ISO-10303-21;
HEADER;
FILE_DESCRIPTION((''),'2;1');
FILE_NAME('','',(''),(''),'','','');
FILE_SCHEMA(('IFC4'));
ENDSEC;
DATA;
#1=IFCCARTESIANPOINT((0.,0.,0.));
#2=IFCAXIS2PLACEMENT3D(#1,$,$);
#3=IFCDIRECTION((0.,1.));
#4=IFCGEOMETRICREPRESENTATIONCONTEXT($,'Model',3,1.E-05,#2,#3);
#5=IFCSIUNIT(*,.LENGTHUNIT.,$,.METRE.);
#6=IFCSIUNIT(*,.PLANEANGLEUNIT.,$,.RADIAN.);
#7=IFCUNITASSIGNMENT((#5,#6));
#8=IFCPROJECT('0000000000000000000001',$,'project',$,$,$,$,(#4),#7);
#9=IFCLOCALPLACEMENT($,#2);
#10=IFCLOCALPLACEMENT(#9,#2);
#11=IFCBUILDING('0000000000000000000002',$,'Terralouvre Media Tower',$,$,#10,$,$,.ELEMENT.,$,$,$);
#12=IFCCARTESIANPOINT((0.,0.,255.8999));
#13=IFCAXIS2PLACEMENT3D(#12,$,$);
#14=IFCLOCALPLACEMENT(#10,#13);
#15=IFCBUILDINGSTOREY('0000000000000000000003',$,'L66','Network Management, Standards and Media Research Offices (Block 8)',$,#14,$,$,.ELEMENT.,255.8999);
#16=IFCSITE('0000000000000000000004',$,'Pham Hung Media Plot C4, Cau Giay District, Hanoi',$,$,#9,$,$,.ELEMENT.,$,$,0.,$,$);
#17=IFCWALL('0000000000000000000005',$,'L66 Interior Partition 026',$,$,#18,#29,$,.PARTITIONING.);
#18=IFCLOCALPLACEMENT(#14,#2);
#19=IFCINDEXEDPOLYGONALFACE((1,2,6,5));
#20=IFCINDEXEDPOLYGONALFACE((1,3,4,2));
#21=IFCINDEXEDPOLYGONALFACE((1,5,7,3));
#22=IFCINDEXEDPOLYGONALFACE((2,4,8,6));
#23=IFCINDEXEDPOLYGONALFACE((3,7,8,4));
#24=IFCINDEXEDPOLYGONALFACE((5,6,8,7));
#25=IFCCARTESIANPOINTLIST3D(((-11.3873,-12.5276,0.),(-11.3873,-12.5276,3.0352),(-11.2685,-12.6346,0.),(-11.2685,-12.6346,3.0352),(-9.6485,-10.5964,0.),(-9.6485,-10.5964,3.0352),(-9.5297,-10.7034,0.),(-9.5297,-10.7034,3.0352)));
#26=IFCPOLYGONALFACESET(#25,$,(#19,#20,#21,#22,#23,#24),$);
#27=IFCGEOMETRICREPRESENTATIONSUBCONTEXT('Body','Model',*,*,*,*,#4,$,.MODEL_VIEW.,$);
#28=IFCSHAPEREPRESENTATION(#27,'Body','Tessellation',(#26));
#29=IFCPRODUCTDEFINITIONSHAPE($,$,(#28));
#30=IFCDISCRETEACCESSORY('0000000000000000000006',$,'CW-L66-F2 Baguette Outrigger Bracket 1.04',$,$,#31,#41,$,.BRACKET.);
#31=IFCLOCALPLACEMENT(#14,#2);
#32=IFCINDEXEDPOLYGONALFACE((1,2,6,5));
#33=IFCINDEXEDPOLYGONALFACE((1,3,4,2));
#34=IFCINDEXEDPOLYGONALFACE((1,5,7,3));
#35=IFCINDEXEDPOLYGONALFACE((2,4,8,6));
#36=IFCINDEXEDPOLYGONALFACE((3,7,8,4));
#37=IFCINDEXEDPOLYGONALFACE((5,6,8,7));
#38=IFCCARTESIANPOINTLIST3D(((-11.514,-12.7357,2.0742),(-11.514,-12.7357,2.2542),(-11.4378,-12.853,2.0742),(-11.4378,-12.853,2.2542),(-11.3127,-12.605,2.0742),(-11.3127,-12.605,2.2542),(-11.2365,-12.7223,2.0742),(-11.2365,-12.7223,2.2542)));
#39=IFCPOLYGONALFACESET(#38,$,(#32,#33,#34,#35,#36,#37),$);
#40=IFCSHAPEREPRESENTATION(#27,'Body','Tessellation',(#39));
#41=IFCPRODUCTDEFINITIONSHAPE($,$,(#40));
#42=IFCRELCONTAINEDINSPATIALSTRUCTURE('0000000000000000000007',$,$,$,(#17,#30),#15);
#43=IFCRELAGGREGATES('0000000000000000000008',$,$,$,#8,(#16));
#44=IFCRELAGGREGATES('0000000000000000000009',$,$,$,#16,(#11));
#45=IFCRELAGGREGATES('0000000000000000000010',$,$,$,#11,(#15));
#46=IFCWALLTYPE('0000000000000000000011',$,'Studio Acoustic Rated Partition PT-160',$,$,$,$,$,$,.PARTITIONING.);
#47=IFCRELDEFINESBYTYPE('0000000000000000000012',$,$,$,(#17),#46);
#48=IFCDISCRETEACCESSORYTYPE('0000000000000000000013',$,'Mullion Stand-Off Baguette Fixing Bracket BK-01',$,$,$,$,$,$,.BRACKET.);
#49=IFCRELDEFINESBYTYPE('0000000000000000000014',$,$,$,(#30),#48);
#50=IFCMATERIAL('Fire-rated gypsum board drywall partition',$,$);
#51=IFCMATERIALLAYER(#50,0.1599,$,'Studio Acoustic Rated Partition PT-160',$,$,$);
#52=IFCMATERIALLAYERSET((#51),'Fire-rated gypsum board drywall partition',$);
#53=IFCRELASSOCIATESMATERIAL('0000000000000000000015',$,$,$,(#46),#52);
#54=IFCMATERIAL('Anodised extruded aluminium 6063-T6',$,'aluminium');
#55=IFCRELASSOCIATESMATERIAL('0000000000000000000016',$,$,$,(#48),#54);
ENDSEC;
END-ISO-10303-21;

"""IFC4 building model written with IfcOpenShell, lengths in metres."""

from ifc_helpers import new_model, si_unit, direction, frame, frame_2d, origin, origin_2d, place, context, subcontext, project, spatial, rectangle, extrude, material, layer, layer_set, type_object, element, save


model = new_model("IFC4")

# Units and contexts
model_context = context("Model", 3, precision=1e-05, world=origin(), true_north=direction((0.0, 1.0)))
body_context = subcontext(model_context, "Body", "Model", "MODEL_VIEW")
ifc_project = project(units=[si_unit("LENGTHUNIT", "METRE"), si_unit("PLANEANGLEUNIT", "RADIAN")], contexts=[model_context])

# Site, building, storey
site_placement = place(None, origin())
site = spatial("IfcSite", under=ifc_project, at=site_placement, Name="Pham Hung Media Plot C4, Cau Giay District, Hanoi", CompositionType="ELEMENT", RefElevation=0.0)
building_placement = place(site_placement, origin())
building = spatial("IfcBuilding", under=site, at=building_placement, Name="Terralouvre Media Tower", CompositionType="ELEMENT")
storey_placement = place(building_placement, frame((0.0, 0.0, 255.8999)))
storey = spatial("IfcBuildingStorey", under=building, at=storey_placement, Name="L66", Description="Network Management, Standards and Media Research Offices (Block 8)", CompositionType="ELEMENT", Elevation=255.8999)

# Wall
ifc_material_1 = material(Name="Fire-rated gypsum board drywall partition")
ifc_layer_1 = layer(ifc_material_1, 0.1599, Name="Studio Acoustic Rated Partition PT-160")
ifc_layer_set_1 = layer_set([ifc_layer_1], Name="Fire-rated gypsum board drywall partition")
wall_type_1 = type_object("IfcWallType", Name="Studio Acoustic Rated Partition PT-160", PredefinedType="PARTITIONING", material=ifc_layer_set_1)
wall_1_placement = place(storey_placement, frame((-11.3279, -12.5811, 0.0), z_axis=(0.0, 0.0, 1.0), x_axis=(0.66912, 0.743154, 0.0)))
element("IfcWall", 1, at=wall_1_placement, inside=storey, type_object=wall_type_1, Name="L66 Interior Partition 026", PredefinedType="PARTITIONING", context=body_context, shape_type="SweptSolid", body=[
    extrude(rectangle(XDim=2.5986, YDim=0.1599, at=frame_2d((1.2993, 0.0))), origin(), (0.0, 0.0, 1.0), 3.0352),
])

# Discrete accessory
ifc_material_2 = material(Name="Anodised extruded aluminium 6063-T6", Category="aluminium")
discrete_accessory_type = type_object("IfcDiscreteAccessoryType", Name="Mullion Stand-Off Baguette Fixing Bracket BK-01", PredefinedType="BRACKET", material=ifc_material_2)
discrete_accessory_placement = place(storey_placement, frame((-11.3752, -12.729, 2.0742), z_axis=(0.0, 0.0, 1.0), x_axis=(0.544639, -0.838671, 0.0)))
element("IfcDiscreteAccessory", 2, at=discrete_accessory_placement, inside=storey, type_object=discrete_accessory_type, Name="CW-L66-F2 Baguette Outrigger Bracket 1.04", PredefinedType="BRACKET", context=body_context, shape_type="SweptSolid", body=[
    extrude(rectangle(XDim=0.1399, YDim=0.24, at=origin_2d()), origin(), (0.0, 0.0, 1.0), 0.1799),
])

save(model, "model.ifc")
